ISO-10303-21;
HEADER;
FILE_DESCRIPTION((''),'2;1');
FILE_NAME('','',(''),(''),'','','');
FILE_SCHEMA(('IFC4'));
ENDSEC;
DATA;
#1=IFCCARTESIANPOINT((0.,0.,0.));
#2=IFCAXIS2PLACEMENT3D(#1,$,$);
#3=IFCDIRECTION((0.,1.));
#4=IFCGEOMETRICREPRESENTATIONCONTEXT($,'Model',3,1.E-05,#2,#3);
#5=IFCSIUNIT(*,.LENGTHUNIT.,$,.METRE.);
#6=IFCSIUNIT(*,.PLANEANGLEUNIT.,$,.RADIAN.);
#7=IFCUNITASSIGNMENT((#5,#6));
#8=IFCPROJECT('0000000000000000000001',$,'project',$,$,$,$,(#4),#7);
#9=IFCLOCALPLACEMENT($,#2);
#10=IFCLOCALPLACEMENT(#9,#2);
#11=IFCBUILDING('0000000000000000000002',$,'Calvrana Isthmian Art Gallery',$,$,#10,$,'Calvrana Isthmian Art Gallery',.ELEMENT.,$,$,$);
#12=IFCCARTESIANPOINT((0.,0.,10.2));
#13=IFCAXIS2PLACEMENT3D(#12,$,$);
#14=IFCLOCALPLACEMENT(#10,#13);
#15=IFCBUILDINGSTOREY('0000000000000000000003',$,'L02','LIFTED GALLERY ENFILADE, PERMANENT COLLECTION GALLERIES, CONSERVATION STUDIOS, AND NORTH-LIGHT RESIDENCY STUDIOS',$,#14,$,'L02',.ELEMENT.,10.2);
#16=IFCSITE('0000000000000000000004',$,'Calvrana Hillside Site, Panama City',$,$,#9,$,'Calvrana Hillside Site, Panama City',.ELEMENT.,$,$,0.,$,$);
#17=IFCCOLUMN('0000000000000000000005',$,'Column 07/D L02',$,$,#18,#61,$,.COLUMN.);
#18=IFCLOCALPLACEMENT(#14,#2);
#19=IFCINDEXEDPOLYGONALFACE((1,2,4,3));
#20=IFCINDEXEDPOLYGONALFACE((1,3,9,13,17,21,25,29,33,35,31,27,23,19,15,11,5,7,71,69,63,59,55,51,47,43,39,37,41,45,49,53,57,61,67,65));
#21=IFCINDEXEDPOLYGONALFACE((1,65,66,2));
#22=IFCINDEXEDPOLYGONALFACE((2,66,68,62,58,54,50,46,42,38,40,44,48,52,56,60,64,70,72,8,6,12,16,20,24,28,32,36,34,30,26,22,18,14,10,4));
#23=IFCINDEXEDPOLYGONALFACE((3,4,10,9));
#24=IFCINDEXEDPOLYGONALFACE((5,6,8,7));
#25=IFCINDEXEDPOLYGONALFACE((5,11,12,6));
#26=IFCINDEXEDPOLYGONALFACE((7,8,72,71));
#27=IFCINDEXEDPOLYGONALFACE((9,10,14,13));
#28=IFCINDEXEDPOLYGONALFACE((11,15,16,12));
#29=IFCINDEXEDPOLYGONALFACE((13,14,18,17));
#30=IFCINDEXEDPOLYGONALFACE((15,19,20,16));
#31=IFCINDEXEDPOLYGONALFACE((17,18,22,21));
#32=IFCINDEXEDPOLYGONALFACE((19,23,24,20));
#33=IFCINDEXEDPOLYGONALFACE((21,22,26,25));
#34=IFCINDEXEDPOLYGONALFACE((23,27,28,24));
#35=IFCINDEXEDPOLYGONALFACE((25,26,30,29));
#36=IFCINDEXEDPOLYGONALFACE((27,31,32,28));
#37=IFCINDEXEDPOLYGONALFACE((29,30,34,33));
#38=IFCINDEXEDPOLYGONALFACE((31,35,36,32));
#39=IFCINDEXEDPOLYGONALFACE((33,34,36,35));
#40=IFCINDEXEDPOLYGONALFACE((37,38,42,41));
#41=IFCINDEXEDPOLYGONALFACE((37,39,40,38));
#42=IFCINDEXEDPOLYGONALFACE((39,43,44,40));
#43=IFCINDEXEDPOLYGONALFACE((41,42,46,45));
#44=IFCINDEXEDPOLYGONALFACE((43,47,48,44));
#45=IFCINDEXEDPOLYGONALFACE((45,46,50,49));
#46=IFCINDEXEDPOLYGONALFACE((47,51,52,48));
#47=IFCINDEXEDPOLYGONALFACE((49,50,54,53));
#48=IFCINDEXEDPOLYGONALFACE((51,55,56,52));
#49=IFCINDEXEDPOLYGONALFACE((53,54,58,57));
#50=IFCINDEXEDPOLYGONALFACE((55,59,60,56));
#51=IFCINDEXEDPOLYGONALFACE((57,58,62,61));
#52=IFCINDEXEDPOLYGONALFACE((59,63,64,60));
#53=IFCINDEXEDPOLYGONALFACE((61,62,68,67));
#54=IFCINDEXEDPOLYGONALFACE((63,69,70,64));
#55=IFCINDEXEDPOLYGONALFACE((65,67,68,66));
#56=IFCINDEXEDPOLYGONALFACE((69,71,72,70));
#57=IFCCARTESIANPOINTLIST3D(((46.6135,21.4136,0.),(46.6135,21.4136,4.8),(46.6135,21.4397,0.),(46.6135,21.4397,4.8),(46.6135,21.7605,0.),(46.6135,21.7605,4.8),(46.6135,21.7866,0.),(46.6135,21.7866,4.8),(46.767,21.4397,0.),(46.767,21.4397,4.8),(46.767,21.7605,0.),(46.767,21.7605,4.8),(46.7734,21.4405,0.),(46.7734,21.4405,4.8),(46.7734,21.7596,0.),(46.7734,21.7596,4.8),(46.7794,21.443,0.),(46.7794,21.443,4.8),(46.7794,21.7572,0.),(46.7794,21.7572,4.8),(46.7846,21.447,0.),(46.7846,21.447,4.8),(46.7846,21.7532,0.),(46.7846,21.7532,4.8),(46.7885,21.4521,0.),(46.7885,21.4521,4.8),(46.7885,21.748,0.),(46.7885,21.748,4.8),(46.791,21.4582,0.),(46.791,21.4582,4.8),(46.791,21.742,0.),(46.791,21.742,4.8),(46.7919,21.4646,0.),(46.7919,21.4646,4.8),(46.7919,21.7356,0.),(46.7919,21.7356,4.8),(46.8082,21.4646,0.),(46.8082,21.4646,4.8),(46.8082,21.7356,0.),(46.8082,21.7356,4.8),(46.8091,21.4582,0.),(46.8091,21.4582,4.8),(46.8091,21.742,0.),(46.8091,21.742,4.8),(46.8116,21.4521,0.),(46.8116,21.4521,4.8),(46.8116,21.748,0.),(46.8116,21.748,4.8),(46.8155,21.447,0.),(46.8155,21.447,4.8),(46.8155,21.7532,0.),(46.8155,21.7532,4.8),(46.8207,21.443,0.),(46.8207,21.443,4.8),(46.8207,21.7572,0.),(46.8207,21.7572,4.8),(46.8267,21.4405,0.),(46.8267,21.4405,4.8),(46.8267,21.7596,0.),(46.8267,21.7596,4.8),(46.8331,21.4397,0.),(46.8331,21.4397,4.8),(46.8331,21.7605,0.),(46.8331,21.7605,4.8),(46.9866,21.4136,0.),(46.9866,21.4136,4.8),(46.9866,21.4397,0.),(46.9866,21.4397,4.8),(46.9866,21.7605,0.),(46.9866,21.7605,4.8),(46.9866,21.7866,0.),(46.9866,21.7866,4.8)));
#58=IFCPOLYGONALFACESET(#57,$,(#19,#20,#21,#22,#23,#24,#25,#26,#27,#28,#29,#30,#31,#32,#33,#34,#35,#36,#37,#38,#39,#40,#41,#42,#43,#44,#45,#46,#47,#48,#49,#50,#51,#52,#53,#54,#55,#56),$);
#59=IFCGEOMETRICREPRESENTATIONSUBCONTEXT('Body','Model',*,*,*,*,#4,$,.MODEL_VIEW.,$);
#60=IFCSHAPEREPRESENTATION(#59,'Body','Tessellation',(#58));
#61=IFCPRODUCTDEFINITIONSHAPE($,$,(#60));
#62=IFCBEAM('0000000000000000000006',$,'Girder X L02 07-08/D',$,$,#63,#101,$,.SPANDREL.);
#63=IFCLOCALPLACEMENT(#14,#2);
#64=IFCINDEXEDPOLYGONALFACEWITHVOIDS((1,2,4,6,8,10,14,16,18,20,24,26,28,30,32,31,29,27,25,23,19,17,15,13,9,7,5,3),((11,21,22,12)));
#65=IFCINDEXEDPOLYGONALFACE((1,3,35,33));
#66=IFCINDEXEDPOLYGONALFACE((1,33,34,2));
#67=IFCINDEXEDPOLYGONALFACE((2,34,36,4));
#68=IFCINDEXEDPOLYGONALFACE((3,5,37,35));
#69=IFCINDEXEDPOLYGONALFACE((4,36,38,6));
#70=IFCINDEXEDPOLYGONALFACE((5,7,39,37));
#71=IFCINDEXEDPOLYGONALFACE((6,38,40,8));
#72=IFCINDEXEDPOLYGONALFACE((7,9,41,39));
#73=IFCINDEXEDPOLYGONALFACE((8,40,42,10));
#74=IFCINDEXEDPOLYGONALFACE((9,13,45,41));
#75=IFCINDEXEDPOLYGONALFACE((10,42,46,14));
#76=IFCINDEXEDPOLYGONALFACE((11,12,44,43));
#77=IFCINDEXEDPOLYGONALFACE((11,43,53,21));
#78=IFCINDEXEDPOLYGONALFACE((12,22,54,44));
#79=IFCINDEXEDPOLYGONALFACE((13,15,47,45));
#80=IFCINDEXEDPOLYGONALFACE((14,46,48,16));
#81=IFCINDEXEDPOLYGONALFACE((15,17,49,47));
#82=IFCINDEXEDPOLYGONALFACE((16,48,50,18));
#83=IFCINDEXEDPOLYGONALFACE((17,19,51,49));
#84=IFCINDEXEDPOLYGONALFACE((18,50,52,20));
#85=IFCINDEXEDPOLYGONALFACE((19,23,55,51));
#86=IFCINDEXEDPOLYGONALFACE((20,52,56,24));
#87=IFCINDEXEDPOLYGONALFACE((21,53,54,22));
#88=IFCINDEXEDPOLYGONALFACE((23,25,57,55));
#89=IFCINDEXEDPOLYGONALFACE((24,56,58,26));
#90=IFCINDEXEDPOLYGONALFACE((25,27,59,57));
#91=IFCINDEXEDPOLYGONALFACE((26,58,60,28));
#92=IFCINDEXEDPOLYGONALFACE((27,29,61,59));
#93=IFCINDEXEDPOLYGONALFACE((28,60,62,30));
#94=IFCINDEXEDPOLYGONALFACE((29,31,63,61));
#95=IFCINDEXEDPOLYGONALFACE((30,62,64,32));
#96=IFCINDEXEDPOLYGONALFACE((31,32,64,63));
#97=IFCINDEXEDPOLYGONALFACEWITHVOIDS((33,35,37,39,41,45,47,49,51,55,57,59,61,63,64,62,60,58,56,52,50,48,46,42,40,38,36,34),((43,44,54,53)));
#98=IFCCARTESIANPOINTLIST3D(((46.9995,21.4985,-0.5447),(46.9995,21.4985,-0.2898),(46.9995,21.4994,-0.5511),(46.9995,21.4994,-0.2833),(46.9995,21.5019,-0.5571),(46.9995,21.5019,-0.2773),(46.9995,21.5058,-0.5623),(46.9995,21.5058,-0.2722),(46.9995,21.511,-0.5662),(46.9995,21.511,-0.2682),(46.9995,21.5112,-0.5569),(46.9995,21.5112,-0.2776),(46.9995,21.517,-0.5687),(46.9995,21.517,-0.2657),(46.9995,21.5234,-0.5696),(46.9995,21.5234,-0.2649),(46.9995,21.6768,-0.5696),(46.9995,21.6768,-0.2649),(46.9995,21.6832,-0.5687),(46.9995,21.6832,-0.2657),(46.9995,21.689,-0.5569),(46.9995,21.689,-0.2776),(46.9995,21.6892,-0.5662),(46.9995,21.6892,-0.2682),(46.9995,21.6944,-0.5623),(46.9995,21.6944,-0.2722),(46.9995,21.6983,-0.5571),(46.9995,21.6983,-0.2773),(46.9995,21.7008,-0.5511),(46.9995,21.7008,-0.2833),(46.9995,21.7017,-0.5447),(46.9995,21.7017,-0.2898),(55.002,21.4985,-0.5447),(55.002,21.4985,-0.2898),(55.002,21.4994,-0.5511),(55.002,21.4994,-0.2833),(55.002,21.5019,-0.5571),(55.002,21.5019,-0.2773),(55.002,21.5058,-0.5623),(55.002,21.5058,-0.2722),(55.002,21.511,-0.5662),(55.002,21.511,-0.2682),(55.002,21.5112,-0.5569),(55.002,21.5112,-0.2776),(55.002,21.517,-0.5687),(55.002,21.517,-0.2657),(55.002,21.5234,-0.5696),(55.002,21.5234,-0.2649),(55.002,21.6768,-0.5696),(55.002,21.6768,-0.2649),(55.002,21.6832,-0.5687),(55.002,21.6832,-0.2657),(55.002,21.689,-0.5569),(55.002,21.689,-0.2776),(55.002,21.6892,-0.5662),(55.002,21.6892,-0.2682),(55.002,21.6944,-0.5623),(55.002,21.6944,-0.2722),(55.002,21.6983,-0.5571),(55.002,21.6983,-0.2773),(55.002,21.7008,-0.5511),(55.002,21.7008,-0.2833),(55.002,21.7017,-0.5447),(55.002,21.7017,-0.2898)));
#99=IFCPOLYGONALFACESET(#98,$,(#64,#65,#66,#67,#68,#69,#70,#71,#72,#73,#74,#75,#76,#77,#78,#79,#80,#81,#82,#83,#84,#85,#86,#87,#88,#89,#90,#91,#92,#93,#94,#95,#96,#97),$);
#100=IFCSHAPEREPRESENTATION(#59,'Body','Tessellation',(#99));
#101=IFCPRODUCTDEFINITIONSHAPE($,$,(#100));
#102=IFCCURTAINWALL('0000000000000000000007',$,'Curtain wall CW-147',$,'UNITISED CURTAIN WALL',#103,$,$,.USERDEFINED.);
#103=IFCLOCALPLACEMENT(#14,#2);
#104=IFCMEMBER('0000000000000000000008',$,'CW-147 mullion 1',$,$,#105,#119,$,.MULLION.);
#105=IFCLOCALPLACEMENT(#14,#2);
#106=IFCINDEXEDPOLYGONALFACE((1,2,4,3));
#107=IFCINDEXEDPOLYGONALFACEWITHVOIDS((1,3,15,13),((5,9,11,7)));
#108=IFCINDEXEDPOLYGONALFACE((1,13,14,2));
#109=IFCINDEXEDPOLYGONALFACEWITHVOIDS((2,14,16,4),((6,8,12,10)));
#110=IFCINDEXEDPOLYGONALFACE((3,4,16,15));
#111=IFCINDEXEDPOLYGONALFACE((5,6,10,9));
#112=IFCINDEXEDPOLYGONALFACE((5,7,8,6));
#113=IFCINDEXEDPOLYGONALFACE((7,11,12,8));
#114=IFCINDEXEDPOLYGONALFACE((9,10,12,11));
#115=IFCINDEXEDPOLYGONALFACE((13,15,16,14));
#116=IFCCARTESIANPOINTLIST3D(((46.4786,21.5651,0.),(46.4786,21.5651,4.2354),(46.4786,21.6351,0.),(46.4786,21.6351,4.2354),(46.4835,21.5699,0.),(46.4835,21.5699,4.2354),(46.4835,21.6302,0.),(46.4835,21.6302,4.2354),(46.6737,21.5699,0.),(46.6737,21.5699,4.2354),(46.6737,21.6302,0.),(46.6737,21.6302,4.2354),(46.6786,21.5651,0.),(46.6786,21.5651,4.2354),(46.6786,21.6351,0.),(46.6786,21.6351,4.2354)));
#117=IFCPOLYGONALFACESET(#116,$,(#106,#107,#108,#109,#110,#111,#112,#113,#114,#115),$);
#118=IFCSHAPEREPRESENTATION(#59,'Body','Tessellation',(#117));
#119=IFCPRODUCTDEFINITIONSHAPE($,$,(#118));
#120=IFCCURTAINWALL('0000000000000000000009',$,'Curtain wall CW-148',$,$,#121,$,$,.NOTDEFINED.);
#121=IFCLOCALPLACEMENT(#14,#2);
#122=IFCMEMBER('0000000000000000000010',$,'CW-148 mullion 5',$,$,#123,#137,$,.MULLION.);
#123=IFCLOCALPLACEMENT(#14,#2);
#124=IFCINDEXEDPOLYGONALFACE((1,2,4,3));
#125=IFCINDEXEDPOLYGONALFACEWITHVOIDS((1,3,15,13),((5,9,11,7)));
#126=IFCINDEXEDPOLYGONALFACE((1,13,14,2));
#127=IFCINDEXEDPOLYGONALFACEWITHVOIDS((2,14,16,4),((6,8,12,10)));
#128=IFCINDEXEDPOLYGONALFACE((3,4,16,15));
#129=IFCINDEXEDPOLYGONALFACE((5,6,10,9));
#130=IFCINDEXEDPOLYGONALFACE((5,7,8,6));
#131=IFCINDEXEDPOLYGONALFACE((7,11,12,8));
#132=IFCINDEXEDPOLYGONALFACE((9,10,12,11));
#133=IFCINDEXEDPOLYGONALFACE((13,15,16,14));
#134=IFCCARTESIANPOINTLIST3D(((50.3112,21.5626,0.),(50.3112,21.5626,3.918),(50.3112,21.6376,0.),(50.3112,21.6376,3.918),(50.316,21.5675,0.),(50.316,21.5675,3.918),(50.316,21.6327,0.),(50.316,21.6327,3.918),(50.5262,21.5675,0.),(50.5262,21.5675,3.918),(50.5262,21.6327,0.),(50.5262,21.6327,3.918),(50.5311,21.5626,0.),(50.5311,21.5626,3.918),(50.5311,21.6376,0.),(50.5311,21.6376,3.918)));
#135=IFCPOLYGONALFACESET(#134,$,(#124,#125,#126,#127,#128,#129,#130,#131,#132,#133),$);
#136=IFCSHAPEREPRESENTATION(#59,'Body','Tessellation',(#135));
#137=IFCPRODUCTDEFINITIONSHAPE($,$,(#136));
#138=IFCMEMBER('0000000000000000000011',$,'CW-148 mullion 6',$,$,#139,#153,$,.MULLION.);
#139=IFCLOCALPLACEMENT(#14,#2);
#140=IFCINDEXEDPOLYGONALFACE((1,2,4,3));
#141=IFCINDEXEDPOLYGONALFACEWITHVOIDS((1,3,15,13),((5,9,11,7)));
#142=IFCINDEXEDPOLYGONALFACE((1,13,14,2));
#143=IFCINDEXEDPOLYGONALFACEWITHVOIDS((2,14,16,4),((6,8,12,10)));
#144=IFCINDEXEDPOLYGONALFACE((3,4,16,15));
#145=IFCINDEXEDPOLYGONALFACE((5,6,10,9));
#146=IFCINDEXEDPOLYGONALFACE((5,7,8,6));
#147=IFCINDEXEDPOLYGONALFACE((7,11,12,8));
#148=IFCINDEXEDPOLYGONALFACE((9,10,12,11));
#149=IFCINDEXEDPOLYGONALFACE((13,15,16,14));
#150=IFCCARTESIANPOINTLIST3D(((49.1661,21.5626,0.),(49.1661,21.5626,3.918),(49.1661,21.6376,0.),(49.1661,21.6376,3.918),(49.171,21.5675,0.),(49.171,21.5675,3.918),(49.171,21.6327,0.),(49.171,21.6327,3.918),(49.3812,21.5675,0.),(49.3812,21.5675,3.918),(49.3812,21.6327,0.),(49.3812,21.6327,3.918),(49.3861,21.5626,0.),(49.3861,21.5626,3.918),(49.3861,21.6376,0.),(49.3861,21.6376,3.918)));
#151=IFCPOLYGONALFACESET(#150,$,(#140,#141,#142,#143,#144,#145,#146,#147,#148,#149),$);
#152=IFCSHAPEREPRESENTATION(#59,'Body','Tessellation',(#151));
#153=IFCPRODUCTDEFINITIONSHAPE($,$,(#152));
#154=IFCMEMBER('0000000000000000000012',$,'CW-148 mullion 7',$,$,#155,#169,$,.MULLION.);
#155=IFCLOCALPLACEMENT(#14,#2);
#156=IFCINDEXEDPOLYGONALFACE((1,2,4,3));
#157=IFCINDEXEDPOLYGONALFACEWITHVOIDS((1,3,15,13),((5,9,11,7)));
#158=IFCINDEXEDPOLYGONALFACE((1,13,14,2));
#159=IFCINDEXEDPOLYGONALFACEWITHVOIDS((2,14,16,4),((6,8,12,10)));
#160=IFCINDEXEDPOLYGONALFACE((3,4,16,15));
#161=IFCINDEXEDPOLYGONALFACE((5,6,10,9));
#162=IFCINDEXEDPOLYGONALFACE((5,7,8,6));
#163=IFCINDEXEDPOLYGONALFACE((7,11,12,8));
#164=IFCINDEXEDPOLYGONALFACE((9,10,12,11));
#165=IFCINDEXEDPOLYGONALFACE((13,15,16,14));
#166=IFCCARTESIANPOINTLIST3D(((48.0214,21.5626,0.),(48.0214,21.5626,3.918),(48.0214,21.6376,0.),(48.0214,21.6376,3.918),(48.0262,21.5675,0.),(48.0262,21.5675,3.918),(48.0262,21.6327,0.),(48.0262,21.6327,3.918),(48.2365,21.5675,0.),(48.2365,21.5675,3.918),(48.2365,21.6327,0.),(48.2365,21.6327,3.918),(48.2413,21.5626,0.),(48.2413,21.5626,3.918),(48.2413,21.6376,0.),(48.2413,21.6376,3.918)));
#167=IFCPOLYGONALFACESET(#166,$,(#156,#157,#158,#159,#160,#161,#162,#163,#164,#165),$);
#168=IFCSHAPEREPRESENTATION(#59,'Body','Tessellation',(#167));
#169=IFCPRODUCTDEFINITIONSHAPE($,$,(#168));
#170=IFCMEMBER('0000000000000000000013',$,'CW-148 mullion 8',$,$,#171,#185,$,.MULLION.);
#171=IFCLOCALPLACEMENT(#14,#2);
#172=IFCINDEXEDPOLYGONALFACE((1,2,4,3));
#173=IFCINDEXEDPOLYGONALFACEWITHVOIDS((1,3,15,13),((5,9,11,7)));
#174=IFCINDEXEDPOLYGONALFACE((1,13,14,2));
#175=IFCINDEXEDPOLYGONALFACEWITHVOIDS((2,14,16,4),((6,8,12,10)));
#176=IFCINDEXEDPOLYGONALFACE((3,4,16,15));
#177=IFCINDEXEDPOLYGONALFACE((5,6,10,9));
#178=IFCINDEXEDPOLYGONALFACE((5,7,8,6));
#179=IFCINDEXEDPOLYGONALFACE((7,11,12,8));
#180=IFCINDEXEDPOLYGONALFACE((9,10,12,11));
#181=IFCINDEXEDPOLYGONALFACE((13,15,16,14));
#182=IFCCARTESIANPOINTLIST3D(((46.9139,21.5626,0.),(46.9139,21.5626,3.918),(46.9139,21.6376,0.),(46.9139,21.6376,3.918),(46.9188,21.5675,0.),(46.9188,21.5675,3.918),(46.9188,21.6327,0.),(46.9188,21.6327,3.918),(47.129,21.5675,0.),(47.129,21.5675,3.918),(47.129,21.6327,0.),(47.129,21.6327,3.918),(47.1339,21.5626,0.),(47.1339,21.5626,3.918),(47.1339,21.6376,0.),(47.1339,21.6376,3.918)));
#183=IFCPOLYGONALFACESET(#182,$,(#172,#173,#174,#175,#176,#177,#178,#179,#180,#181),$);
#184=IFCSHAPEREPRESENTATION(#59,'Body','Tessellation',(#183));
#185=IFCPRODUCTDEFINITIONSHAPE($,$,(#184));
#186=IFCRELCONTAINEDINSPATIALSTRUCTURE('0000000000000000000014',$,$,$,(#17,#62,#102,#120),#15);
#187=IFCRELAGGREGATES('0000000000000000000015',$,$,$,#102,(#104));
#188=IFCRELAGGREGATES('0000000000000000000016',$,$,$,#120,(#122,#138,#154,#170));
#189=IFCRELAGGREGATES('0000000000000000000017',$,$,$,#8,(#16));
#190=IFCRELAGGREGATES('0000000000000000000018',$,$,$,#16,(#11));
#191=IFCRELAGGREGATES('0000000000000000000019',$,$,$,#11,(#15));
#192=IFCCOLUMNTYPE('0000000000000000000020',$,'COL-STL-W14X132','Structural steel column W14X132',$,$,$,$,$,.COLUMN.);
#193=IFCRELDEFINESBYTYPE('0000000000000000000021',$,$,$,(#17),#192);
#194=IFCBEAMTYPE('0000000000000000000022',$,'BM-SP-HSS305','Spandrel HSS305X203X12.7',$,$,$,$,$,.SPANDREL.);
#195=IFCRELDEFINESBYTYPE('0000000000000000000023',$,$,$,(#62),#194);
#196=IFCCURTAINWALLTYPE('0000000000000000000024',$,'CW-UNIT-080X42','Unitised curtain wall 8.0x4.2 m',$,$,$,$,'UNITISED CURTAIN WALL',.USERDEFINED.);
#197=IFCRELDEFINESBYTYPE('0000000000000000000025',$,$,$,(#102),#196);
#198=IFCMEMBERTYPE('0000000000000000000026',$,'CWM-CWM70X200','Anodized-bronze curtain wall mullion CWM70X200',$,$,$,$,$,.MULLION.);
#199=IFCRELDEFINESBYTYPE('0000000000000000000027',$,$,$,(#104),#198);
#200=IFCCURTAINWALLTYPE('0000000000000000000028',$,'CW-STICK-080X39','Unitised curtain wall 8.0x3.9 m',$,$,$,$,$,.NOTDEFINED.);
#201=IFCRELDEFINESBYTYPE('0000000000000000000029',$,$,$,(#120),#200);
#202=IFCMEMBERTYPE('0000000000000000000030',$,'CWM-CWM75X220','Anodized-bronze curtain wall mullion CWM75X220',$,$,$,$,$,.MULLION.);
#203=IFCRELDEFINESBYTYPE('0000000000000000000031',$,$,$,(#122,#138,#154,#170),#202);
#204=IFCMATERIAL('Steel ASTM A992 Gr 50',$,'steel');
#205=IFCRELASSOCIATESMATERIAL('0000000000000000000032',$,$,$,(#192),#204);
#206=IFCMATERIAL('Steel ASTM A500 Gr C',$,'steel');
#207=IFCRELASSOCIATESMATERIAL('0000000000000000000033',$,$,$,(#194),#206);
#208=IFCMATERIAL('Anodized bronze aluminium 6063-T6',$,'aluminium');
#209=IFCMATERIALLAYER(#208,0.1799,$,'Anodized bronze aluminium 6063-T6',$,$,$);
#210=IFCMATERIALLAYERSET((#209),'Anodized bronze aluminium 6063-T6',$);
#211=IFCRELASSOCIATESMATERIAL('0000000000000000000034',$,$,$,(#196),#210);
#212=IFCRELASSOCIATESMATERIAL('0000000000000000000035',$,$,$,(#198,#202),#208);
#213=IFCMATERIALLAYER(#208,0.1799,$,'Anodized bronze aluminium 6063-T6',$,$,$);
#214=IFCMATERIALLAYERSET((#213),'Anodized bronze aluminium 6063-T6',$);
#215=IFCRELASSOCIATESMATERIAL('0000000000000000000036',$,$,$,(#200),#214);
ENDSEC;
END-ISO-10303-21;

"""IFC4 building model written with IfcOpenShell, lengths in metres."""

from ifc_helpers import new_model, si_unit, direction, frame, origin, origin_2d, place, context, subcontext, project, spatial, hollow_rectangle, i_section, extrude, material, layer, layer_set, material_profile, profile_set, type_object, element, aggregate, save


model = new_model("IFC4")

# Units and contexts
model_context = context("Model", 3, precision=1e-05, world=origin(), true_north=direction((0.0, 1.0)))
body_context = subcontext(model_context, "Body", "Model", "MODEL_VIEW")
ifc_project = project(units=[si_unit("LENGTHUNIT", "METRE"), si_unit("PLANEANGLEUNIT", "RADIAN")], contexts=[model_context])

# Site, building, storey
site_placement = place(None, origin())
site = spatial("IfcSite", under=ifc_project, at=site_placement, Name="Calvrana Hillside Site, Panama City", LongName="Calvrana Hillside Site, Panama City", CompositionType="ELEMENT", RefElevation=0.0)
building_placement = place(site_placement, origin())
building = spatial("IfcBuilding", under=site, at=building_placement, Name="Calvrana Isthmian Art Gallery", LongName="Calvrana Isthmian Art Gallery", CompositionType="ELEMENT")
storey_placement = place(building_placement, frame((0.0, 0.0, 10.2)))
storey = spatial("IfcBuildingStorey", under=building, at=storey_placement, Name="L02", Description="LIFTED GALLERY ENFILADE, PERMANENT COLLECTION GALLERIES, CONSERVATION STUDIOS, AND NORTH-LIGHT RESIDENCY STUDIOS", LongName="L02", CompositionType="ELEMENT", Elevation=10.2)

# Column
ifc_material_1 = material(Name="Steel ASTM A992 Gr 50", Category="steel")
ifc_material_profile_1 = material_profile(ifc_material_1, i_section(OverallWidth=0.373, OverallDepth=0.373, WebThickness=0.0164, FlangeThickness=0.0261, FilletRadius=0.0249, at=origin_2d()), Name="W14X132")
ifc_profile_set_1 = profile_set([ifc_material_profile_1], Name="Steel ASTM A992 Gr 50")
column_type = type_object("IfcColumnType", Name="COL-STL-W14X132", Description="Structural steel column W14X132", PredefinedType="COLUMN", material=ifc_profile_set_1)
column_placement = place(storey_placement, frame((46.8, 21.6001, 0.0), z_axis=(0.0, 0.0, 1.0), x_axis=(1.0, 0.0, 0.0)))
element("IfcColumn", 1, at=column_placement, inside=storey, type_object=column_type, Name="Column 07/D L02", PredefinedType="COLUMN", context=body_context, shape_type="SweptSolid", body=[
    extrude(i_section(OverallWidth=0.373, OverallDepth=0.373, WebThickness=0.0164, FlangeThickness=0.0261, FilletRadius=0.0249, at=origin_2d()), origin(), (0.0, 0.0, 1.0), 4.8),
])

# Beam
ifc_material_2 = material(Name="Steel ASTM A500 Gr C", Category="steel")
ifc_material_profile_2 = material_profile(ifc_material_2, hollow_rectangle(XDim=0.2031, YDim=0.3047, WallThickness=0.0127, OuterFilletRadius=0.0249, at=origin_2d()), Name="HSS305X203X12.7")
ifc_profile_set_2 = profile_set([ifc_material_profile_2], Name="Steel ASTM A500 Gr C")
beam_type = type_object("IfcBeamType", Name="BM-SP-HSS305", Description="Spandrel HSS305X203X12.7", PredefinedType="SPANDREL", material=ifc_profile_set_2)
beam_placement = place(storey_placement, frame((46.9995, 21.6001, -0.4172), z_axis=(1.0, 0.0, 0.0), x_axis=(0.0, 1.0, 0.0)))
element("IfcBeam", 2, at=beam_placement, inside=storey, type_object=beam_type, Name="Girder X L02 07-08/D", PredefinedType="SPANDREL", context=body_context, shape_type="SweptSolid", body=[
    extrude(hollow_rectangle(XDim=0.2031, YDim=0.3047, WallThickness=0.0127, OuterFilletRadius=0.0249, at=origin_2d()), origin(), (0.0, 0.0, 1.0), 8.0024),
])

# Curtain wall, member
ifc_material_3 = material(Name="Anodized bronze aluminium 6063-T6", Category="aluminium")
ifc_layer_1 = layer(ifc_material_3, 0.1799, Name="Anodized bronze aluminium 6063-T6")
ifc_layer_set_1 = layer_set([ifc_layer_1], Name="Anodized bronze aluminium 6063-T6")
curtain_wall_type_1 = type_object("IfcCurtainWallType", Name="CW-UNIT-080X42", Description="Unitised curtain wall 8.0x4.2 m", ElementType="UNITISED CURTAIN WALL", PredefinedType="USERDEFINED", material=ifc_layer_set_1)
curtain_wall_1_placement = place(storey_placement, origin())
curtain_wall_1 = element("IfcCurtainWall", 3, at=curtain_wall_1_placement, inside=storey, type_object=curtain_wall_type_1, Name="Curtain wall CW-147", ObjectType="UNITISED CURTAIN WALL", PredefinedType="USERDEFINED")
ifc_material_profile_3 = material_profile(ifc_material_3, hollow_rectangle(XDim=0.0701, YDim=0.2, WallThickness=0.0049, at=origin_2d()), Name="CWM70X200")
ifc_profile_set_3 = profile_set([ifc_material_profile_3], Name="Anodized bronze aluminium 6063-T6")
member_type_1 = type_object("IfcMemberType", Name="CWM-CWM70X200", Description="Anodized-bronze curtain wall mullion CWM70X200", PredefinedType="MULLION", material=ifc_profile_set_3)
member_1_placement = place(storey_placement, frame((46.5786, 21.6001, 0.0), z_axis=(0.0, 0.0, 1.0), x_axis=(0.0, -1.0, 0.0)))
member_1 = element("IfcMember", 4, at=member_1_placement, type_object=member_type_1, Name="CW-147 mullion 1", PredefinedType="MULLION", context=body_context, shape_type="SweptSolid", body=[
    extrude(hollow_rectangle(XDim=0.0701, YDim=0.2, WallThickness=0.0049, at=origin_2d()), origin(), (0.0, 0.0, 1.0), 4.2354),
])
aggregate(curtain_wall_1, [member_1])

# Curtain wall, members
ifc_layer_2 = layer(ifc_material_3, 0.1799, Name="Anodized bronze aluminium 6063-T6")
ifc_layer_set_2 = layer_set([ifc_layer_2], Name="Anodized bronze aluminium 6063-T6")
curtain_wall_type_2 = type_object("IfcCurtainWallType", Name="CW-STICK-080X39", Description="Unitised curtain wall 8.0x3.9 m", PredefinedType="NOTDEFINED", material=ifc_layer_set_2)
curtain_wall_2_placement = place(storey_placement, origin())
curtain_wall_2 = element("IfcCurtainWall", 5, at=curtain_wall_2_placement, inside=storey, type_object=curtain_wall_type_2, Name="Curtain wall CW-148", PredefinedType="NOTDEFINED")
ifc_material_profile_4 = material_profile(ifc_material_3, hollow_rectangle(XDim=0.075, YDim=0.22, WallThickness=0.0049, at=origin_2d()), Name="CWM75X220")
ifc_profile_set_4 = profile_set([ifc_material_profile_4], Name="Anodized bronze aluminium 6063-T6")
member_type_2 = type_object("IfcMemberType", Name="CWM-CWM75X220", Description="Anodized-bronze curtain wall mullion CWM75X220", PredefinedType="MULLION", material=ifc_profile_set_4)
member_2_placement = place(storey_placement, frame((50.4211, 21.6001, 0.0), z_axis=(0.0, 0.0, 1.0), x_axis=(0.0, -1.0, 0.0)))
member_2 = element("IfcMember", 6, at=member_2_placement, type_object=member_type_2, Name="CW-148 mullion 5", PredefinedType="MULLION", context=body_context, shape_type="SweptSolid", body=[
    extrude(hollow_rectangle(XDim=0.075, YDim=0.22, WallThickness=0.0049, at=origin_2d()), origin(), (0.0, 0.0, 1.0), 3.918),
])
member_3_placement = place(storey_placement, frame((49.2761, 21.6001, 0.0), z_axis=(0.0, 0.0, 1.0), x_axis=(0.0, -1.0, 0.0)))
member_3 = element("IfcMember", 7, at=member_3_placement, type_object=member_type_2, Name="CW-148 mullion 6", PredefinedType="MULLION", context=body_context, shape_type="SweptSolid", body=[
    extrude(hollow_rectangle(XDim=0.075, YDim=0.22, WallThickness=0.0049, at=origin_2d()), origin(), (0.0, 0.0, 1.0), 3.918),
])
member_4_placement = place(storey_placement, frame((48.1313, 21.6001, 0.0), z_axis=(0.0, 0.0, 1.0), x_axis=(0.0, -1.0, 0.0)))
member_4 = element("IfcMember", 8, at=member_4_placement, type_object=member_type_2, Name="CW-148 mullion 7", PredefinedType="MULLION", context=body_context, shape_type="SweptSolid", body=[
    extrude(hollow_rectangle(XDim=0.075, YDim=0.22, WallThickness=0.0049, at=origin_2d()), origin(), (0.0, 0.0, 1.0), 3.918),
])
member_5_placement = place(storey_placement, frame((47.0239, 21.6001, 0.0), z_axis=(0.0, 0.0, 1.0), x_axis=(0.0, -1.0, 0.0)))
member_5 = element("IfcMember", 9, at=member_5_placement, type_object=member_type_2, Name="CW-148 mullion 8", PredefinedType="MULLION", context=body_context, shape_type="SweptSolid", body=[
    extrude(hollow_rectangle(XDim=0.075, YDim=0.22, WallThickness=0.0049, at=origin_2d()), origin(), (0.0, 0.0, 1.0), 3.918),
])
aggregate(curtain_wall_2, [member_2, member_3, member_4, member_5])

save(model, "model.ifc")
